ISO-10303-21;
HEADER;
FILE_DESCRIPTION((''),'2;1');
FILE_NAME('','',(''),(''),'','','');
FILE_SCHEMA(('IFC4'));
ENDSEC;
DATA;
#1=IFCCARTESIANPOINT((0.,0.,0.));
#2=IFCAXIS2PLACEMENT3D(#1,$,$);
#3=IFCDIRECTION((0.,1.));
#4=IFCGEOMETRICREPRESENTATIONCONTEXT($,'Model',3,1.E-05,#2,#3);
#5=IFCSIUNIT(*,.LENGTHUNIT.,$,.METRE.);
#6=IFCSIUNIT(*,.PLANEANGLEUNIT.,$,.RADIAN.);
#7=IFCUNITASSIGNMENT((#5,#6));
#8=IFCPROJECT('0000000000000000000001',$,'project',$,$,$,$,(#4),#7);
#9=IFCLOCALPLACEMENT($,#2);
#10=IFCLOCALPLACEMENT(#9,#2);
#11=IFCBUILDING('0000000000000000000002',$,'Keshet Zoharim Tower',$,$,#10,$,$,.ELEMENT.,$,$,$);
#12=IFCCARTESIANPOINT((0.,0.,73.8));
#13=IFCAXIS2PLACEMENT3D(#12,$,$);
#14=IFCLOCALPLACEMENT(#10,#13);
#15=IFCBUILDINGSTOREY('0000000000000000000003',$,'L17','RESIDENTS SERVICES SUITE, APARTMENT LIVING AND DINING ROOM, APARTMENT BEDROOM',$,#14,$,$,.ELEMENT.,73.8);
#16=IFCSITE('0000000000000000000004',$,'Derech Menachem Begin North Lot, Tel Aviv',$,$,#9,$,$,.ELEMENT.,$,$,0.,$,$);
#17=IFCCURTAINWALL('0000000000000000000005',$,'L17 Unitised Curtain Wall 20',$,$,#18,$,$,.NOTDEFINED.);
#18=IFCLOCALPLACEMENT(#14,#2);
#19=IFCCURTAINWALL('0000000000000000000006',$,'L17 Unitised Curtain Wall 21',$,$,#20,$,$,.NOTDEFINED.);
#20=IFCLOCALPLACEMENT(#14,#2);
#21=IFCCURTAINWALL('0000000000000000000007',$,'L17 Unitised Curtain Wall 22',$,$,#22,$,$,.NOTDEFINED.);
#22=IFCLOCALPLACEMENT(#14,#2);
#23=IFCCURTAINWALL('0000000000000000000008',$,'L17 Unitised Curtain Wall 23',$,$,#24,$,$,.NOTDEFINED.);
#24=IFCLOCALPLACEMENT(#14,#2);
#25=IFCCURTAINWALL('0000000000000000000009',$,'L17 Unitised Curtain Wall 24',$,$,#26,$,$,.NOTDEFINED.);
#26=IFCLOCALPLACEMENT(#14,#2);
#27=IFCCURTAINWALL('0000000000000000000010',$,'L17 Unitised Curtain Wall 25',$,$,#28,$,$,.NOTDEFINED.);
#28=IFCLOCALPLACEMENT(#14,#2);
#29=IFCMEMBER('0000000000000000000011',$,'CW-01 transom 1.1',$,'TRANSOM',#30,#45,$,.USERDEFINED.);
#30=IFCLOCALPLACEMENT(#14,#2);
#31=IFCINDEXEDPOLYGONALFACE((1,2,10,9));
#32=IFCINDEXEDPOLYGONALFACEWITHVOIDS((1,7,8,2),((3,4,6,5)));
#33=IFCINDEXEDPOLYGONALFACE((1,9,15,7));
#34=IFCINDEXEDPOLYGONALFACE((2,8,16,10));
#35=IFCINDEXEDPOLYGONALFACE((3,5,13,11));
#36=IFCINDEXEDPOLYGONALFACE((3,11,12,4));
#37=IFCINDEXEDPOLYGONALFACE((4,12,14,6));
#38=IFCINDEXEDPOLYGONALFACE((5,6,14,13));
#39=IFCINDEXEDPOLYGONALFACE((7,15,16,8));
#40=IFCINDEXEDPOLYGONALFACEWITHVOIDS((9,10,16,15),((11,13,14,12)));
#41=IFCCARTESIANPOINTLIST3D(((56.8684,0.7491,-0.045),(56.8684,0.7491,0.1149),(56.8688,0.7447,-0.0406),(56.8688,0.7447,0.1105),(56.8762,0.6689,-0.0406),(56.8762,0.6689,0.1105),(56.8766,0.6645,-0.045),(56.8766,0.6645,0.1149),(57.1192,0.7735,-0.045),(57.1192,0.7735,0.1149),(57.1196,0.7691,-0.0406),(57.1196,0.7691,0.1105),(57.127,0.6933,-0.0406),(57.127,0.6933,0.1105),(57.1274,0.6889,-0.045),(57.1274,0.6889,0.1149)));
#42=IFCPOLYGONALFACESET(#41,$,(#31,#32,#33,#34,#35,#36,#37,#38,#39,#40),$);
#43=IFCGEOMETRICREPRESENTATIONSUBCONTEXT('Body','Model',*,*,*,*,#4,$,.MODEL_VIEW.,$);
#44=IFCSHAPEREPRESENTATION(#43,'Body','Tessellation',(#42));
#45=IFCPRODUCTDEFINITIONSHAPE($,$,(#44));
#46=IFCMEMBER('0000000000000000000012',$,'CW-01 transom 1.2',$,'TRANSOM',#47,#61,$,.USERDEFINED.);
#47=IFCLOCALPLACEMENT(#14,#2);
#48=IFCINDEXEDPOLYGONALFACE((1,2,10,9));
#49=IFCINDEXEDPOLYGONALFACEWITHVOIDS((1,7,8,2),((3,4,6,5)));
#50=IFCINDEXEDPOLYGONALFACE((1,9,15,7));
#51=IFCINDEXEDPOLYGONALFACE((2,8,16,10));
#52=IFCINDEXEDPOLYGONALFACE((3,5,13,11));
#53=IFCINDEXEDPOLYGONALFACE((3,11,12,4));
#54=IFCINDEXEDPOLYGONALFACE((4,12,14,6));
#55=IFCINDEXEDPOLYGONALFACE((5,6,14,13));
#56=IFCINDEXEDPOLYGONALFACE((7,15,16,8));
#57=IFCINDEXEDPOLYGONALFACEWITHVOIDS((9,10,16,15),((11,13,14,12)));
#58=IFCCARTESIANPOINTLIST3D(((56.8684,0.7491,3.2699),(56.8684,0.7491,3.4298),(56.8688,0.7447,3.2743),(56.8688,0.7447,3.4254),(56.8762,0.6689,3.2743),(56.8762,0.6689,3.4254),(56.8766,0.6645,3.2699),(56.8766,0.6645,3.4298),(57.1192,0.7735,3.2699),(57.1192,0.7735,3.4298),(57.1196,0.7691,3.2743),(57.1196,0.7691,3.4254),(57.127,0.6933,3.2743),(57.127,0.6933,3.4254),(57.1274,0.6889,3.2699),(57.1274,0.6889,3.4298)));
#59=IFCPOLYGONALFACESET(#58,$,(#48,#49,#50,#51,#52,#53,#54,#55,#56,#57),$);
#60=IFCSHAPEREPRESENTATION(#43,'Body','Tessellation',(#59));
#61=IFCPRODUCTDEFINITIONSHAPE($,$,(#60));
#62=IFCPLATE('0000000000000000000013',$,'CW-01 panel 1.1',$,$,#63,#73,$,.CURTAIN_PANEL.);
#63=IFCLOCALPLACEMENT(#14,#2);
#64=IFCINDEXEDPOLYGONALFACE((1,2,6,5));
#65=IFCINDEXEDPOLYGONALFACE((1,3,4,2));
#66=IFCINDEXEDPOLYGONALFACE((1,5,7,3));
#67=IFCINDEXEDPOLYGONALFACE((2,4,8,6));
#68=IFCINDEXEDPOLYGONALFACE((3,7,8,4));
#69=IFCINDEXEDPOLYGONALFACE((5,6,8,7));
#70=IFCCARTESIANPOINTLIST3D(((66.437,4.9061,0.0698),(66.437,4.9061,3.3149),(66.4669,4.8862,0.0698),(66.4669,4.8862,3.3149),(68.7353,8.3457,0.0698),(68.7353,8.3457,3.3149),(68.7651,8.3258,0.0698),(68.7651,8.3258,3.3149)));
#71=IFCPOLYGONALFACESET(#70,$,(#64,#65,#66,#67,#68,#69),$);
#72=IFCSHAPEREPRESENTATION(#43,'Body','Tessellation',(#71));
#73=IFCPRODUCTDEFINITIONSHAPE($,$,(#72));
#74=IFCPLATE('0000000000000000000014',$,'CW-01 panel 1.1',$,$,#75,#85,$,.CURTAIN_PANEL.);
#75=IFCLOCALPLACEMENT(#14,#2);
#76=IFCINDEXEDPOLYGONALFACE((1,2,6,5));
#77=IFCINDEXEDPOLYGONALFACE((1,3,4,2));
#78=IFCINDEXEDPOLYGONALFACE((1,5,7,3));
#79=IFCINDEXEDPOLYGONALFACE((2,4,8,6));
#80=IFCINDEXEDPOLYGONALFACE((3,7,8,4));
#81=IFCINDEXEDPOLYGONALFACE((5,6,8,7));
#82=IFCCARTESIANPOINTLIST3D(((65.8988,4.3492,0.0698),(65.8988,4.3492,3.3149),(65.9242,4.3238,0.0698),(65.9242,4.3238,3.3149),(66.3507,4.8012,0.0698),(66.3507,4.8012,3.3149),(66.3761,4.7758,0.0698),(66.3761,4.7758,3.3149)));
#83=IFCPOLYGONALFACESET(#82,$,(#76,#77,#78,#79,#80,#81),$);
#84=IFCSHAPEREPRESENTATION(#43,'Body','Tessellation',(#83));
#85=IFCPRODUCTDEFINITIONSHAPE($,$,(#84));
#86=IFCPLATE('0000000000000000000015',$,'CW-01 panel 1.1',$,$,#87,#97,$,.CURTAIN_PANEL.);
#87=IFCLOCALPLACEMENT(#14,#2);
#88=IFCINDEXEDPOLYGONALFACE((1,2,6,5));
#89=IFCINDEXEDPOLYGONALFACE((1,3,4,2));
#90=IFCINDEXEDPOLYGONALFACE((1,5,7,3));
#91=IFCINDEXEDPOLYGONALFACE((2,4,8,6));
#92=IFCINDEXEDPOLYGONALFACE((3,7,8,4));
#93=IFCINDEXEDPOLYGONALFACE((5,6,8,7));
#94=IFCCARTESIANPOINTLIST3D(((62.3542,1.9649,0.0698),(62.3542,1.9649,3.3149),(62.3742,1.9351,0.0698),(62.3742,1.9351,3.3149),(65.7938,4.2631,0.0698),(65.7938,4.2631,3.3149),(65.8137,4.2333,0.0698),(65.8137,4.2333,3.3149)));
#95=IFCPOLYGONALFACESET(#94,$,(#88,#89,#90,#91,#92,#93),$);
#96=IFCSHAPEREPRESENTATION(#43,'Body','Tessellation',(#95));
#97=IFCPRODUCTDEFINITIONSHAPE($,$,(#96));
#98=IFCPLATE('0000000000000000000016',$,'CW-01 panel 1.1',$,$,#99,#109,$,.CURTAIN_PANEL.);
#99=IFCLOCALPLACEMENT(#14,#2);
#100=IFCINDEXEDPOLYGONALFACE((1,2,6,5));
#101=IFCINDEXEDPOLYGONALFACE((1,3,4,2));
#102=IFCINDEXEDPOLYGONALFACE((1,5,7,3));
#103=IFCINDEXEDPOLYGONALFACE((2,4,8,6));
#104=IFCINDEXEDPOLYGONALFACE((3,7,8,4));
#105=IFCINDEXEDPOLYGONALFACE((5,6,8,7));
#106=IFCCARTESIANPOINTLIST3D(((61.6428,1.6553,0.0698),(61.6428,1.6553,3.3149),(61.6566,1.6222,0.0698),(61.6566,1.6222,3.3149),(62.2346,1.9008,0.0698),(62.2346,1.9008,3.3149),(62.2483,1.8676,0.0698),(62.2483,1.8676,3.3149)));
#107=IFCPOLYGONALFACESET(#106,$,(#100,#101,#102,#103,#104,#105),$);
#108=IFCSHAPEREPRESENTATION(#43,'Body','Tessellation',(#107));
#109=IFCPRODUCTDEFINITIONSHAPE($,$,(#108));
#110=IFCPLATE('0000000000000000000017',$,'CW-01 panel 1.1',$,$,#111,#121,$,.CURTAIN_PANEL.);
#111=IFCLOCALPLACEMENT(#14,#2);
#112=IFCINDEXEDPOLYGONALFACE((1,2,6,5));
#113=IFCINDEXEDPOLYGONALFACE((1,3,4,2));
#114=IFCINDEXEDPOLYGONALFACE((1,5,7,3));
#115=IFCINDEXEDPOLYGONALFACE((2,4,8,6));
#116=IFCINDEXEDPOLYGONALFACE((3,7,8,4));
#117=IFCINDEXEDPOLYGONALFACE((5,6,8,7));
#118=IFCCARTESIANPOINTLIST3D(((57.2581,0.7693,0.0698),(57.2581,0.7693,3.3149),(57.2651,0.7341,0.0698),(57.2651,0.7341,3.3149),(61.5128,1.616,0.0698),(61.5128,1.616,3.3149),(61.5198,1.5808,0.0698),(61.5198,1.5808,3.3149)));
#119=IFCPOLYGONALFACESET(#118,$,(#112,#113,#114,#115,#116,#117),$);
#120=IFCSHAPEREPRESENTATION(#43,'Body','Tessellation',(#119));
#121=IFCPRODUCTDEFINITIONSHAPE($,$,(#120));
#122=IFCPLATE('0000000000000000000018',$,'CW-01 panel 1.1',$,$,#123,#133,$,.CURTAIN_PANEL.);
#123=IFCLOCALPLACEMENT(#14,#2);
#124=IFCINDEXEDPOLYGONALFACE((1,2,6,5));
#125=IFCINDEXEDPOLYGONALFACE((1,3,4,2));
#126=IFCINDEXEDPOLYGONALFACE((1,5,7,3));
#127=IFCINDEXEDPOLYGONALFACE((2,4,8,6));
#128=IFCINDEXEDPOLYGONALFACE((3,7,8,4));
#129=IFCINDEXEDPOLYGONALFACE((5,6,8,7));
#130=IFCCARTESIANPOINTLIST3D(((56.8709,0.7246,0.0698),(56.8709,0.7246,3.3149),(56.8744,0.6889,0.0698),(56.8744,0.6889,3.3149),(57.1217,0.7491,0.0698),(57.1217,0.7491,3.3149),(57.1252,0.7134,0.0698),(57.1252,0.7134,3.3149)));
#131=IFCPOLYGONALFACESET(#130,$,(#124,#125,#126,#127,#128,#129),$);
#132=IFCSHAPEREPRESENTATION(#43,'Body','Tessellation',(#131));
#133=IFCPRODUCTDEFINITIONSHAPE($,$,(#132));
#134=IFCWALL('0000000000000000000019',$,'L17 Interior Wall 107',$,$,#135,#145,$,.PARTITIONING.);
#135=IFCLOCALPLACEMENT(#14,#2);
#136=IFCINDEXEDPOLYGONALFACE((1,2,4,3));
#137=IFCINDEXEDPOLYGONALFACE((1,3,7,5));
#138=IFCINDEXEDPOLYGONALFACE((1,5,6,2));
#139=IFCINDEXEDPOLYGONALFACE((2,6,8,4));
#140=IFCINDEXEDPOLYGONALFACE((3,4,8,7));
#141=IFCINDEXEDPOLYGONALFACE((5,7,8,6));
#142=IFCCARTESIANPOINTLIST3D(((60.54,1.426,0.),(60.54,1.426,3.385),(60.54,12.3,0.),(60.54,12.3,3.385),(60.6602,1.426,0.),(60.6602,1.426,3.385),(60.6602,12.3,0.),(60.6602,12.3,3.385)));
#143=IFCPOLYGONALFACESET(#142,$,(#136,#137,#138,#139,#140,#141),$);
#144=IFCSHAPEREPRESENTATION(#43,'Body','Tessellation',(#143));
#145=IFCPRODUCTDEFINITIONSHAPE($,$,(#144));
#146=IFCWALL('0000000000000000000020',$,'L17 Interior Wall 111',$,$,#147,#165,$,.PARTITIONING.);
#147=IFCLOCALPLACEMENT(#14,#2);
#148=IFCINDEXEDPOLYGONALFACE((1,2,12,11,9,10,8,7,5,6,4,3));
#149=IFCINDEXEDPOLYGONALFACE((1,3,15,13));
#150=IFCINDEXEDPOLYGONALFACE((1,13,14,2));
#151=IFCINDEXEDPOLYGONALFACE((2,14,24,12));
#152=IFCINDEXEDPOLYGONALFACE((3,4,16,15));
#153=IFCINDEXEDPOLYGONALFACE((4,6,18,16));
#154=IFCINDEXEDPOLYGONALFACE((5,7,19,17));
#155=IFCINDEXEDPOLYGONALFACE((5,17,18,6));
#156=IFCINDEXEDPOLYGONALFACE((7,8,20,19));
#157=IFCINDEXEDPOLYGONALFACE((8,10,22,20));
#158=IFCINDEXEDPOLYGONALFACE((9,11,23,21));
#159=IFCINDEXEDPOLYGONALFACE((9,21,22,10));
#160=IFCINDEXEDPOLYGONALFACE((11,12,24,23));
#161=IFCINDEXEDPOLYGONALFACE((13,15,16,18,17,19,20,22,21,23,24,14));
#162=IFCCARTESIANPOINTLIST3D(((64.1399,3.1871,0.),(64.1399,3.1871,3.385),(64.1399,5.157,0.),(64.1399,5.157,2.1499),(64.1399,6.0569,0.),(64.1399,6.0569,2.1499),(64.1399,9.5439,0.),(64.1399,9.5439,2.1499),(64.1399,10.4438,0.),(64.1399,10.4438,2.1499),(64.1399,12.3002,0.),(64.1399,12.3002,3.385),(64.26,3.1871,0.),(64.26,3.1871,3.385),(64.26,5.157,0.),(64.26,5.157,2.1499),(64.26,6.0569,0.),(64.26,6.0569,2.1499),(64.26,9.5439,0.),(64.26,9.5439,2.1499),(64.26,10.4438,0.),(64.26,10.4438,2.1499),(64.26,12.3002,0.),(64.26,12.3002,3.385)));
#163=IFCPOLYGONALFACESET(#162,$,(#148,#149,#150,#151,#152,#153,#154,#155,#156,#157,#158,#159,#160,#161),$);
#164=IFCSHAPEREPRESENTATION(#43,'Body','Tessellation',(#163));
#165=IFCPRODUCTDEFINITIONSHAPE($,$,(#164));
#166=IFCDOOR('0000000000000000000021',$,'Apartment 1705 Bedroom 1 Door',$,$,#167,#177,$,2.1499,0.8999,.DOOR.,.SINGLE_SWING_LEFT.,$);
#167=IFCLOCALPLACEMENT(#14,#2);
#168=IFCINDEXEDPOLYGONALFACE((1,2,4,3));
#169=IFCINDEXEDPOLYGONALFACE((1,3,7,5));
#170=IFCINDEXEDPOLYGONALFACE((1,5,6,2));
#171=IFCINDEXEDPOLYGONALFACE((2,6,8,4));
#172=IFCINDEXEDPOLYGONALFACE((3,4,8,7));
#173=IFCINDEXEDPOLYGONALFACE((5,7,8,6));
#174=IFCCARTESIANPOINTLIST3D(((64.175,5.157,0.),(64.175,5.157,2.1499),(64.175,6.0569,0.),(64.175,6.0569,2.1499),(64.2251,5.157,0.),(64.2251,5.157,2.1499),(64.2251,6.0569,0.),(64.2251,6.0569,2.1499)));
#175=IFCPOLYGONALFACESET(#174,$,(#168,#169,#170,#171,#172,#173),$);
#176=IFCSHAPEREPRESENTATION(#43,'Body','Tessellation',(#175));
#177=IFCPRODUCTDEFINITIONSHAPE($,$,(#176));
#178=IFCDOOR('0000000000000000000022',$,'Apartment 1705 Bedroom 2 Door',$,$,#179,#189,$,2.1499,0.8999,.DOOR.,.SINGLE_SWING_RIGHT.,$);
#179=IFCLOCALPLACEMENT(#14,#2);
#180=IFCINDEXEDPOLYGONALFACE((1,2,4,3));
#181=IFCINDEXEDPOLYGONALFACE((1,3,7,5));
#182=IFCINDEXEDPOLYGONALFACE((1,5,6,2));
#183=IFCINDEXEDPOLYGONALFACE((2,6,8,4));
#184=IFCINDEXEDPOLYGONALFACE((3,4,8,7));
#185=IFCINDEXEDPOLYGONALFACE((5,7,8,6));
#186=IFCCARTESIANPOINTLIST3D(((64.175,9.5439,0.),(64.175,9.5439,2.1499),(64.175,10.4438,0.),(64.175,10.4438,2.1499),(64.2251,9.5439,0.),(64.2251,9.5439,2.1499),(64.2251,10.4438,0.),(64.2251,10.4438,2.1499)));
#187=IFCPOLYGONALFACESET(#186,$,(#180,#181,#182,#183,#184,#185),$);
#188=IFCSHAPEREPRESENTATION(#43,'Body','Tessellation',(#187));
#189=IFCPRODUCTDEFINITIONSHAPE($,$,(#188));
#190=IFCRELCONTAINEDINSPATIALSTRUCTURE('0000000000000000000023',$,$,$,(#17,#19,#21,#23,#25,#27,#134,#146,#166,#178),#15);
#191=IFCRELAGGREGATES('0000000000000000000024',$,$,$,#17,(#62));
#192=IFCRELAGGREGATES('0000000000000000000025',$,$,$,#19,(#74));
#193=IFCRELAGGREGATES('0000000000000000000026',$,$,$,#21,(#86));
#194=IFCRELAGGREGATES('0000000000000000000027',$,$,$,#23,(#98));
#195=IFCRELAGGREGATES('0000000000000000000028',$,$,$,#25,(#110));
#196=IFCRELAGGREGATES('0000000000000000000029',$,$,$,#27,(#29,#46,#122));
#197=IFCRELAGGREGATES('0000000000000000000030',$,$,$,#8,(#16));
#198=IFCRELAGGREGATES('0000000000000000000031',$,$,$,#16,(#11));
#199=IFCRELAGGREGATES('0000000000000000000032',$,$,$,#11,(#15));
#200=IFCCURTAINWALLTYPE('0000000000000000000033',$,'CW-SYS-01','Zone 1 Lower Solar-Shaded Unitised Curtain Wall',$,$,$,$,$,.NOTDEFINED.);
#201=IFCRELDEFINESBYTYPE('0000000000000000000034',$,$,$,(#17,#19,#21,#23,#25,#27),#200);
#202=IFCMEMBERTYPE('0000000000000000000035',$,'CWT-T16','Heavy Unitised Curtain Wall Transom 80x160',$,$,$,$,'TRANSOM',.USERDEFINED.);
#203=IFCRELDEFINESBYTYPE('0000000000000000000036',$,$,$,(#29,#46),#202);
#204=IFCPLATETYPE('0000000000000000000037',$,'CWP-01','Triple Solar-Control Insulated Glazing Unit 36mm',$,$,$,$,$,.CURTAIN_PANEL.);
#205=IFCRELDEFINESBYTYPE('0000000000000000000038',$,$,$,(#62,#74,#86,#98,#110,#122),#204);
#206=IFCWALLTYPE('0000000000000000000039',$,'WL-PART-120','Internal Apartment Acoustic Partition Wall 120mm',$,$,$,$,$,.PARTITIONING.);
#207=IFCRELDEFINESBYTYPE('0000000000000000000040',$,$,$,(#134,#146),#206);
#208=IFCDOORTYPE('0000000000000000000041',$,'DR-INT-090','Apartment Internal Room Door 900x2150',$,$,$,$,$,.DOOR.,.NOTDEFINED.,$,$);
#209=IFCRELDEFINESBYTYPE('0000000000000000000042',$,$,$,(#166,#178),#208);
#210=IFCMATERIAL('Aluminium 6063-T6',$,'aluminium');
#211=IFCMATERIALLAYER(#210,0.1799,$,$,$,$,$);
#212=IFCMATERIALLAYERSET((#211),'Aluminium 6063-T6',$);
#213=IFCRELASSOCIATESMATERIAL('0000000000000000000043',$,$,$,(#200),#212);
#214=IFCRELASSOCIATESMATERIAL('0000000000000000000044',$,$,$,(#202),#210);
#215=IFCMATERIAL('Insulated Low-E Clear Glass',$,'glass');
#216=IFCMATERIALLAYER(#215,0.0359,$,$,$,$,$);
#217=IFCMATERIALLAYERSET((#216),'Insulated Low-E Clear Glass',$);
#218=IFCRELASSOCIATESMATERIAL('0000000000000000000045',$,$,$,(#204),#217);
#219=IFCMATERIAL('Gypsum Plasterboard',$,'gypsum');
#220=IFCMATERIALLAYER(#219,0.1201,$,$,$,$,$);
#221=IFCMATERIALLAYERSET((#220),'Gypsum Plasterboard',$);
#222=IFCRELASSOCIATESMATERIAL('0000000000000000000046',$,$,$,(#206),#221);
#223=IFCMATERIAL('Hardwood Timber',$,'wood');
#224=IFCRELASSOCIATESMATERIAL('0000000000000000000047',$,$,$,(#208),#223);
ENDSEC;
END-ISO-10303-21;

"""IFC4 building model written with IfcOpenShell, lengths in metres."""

from ifc_helpers import new_model, si_unit, direction, frame, frame_2d, origin, origin_2d, place, context, subcontext, project, spatial, rectangle, hollow_rectangle, extrude, material, layer, layer_set, material_profile, profile_set, type_object, element, fill, aggregate, save


model = new_model("IFC4")

# Units and contexts
model_context = context("Model", 3, precision=1e-05, world=origin(), true_north=direction((0.0, 1.0)))
body_context = subcontext(model_context, "Body", "Model", "MODEL_VIEW")
ifc_project = project(units=[si_unit("LENGTHUNIT", "METRE"), si_unit("PLANEANGLEUNIT", "RADIAN")], contexts=[model_context])

# Site, building, storey
site_placement = place(None, origin())
site = spatial("IfcSite", under=ifc_project, at=site_placement, Name="Derech Menachem Begin North Lot, Tel Aviv", CompositionType="ELEMENT", RefElevation=0.0)
building_placement = place(site_placement, origin())
building = spatial("IfcBuilding", under=site, at=building_placement, Name="Keshet Zoharim Tower", CompositionType="ELEMENT")
storey_placement = place(building_placement, frame((0.0, 0.0, 73.8)))
storey = spatial("IfcBuildingStorey", under=building, at=storey_placement, Name="L17", Description="RESIDENTS SERVICES SUITE, APARTMENT LIVING AND DINING ROOM, APARTMENT BEDROOM", CompositionType="ELEMENT", Elevation=73.8)

# Curtain wall
ifc_material_1 = material(Name="Aluminium 6063-T6", Category="aluminium")
ifc_layer_1 = layer(ifc_material_1, 0.1799)
ifc_layer_set_1 = layer_set([ifc_layer_1], Name="Aluminium 6063-T6")
curtain_wall_type = type_object("IfcCurtainWallType", Name="CW-SYS-01", Description="Zone 1 Lower Solar-Shaded Unitised Curtain Wall", PredefinedType="NOTDEFINED", material=ifc_layer_set_1)
curtain_wall_1_placement = place(storey_placement, origin())
curtain_wall_1 = element("IfcCurtainWall", 1, at=curtain_wall_1_placement, inside=storey, type_object=curtain_wall_type, Name="L17 Unitised Curtain Wall 20", PredefinedType="NOTDEFINED")

# Curtain walls
curtain_wall_2_placement = place(storey_placement, origin())
curtain_wall_2 = element("IfcCurtainWall", 2, at=curtain_wall_2_placement, inside=storey, type_object=curtain_wall_type, Name="L17 Unitised Curtain Wall 21", PredefinedType="NOTDEFINED")
curtain_wall_3_placement = place(storey_placement, origin())
curtain_wall_3 = element("IfcCurtainWall", 3, at=curtain_wall_3_placement, inside=storey, type_object=curtain_wall_type, Name="L17 Unitised Curtain Wall 22", PredefinedType="NOTDEFINED")
curtain_wall_4_placement = place(storey_placement, origin())
curtain_wall_4 = element("IfcCurtainWall", 4, at=curtain_wall_4_placement, inside=storey, type_object=curtain_wall_type, Name="L17 Unitised Curtain Wall 23", PredefinedType="NOTDEFINED")
curtain_wall_5_placement = place(storey_placement, origin())
curtain_wall_5 = element("IfcCurtainWall", 5, at=curtain_wall_5_placement, inside=storey, type_object=curtain_wall_type, Name="L17 Unitised Curtain Wall 24", PredefinedType="NOTDEFINED")
curtain_wall_6_placement = place(storey_placement, origin())
curtain_wall_6 = element("IfcCurtainWall", 6, at=curtain_wall_6_placement, inside=storey, type_object=curtain_wall_type, Name="L17 Unitised Curtain Wall 25", PredefinedType="NOTDEFINED")

# Members
ifc_material_profile_1 = material_profile(ifc_material_1, hollow_rectangle(XDim=0.085, YDim=0.1599, WallThickness=0.0044, at=origin_2d()), Name="TRN-85x160")
ifc_profile_set_1 = profile_set([ifc_material_profile_1], Name="Aluminium 6063-T6")
member_type_1 = type_object("IfcMemberType", Name="CWT-T16", Description="Heavy Unitised Curtain Wall Transom 80x160", ElementType="TRANSOM", PredefinedType="USERDEFINED", material=ifc_profile_set_1)
member_1_placement = place(storey_placement, frame((57.1233, 0.7312, 0.0349), z_axis=(-0.995293, -0.096913, 0.0), x_axis=(0.096913, -0.995293, 0.0)))
member_1 = element("IfcMember", 7, at=member_1_placement, type_object=member_type_1, Name="CW-01 transom 1.1", ObjectType="TRANSOM", PredefinedType="USERDEFINED", context=body_context, shape_type="SweptSolid", body=[
    extrude(hollow_rectangle(XDim=0.085, YDim=0.1599, WallThickness=0.0044, at=origin_2d()), origin(), (0.0, 0.0, 1.0), 0.252),
])
member_2_placement = place(storey_placement, frame((57.1233, 0.7312, 3.3499), z_axis=(-0.995293, -0.096913, 0.0), x_axis=(0.096913, -0.995293, 0.0)))
member_2 = element("IfcMember", 8, at=member_2_placement, type_object=member_type_1, Name="CW-01 transom 1.2", ObjectType="TRANSOM", PredefinedType="USERDEFINED", context=body_context, shape_type="SweptSolid", body=[
    extrude(hollow_rectangle(XDim=0.085, YDim=0.1599, WallThickness=0.0044, at=origin_2d()), origin(), (0.0, 0.0, 1.0), 0.252),
])

# Plates
ifc_material_2 = material(Name="Insulated Low-E Clear Glass", Category="glass")
ifc_layer_2 = layer(ifc_material_2, 0.0359)
ifc_layer_set_2 = layer_set([ifc_layer_2], Name="Insulated Low-E Clear Glass")
plate_type = type_object("IfcPlateType", Name="CWP-01", Description="Triple Solar-Control Insulated Glazing Unit 36mm", PredefinedType="CURTAIN_PANEL", material=ifc_layer_set_2)
plate_1_placement = place(storey_placement, frame((67.6011, 6.616, 0.0698), z_axis=(0.0, 0.0, 1.0), x_axis=(-0.555563, -0.831474, 0.0)))
plate_1 = element("IfcPlate", 9, at=plate_1_placement, type_object=plate_type, Name="CW-01 panel 1.1", PredefinedType="CURTAIN_PANEL", context=body_context, shape_type="SweptSolid", body=[
    extrude(rectangle(XDim=4.1367, YDim=0.0359, at=origin_2d()), origin(), (0.0, 0.0, 1.0), 3.2451),
])
aggregate(curtain_wall_1, [plate_1])
plate_2_placement = place(storey_placement, frame((66.1375, 4.5625, 0.0698), z_axis=(0.0, 0.0, 1.0), x_axis=(-0.707107, -0.707107, 0.0)))
plate_2 = element("IfcPlate", 10, at=plate_2_placement, type_object=plate_type, Name="CW-01 panel 1.1", PredefinedType="CURTAIN_PANEL", context=body_context, shape_type="SweptSolid", body=[
    extrude(rectangle(XDim=0.6392, YDim=0.0359, at=origin_2d()), origin(), (0.0, 0.0, 1.0), 3.2451),
])
aggregate(curtain_wall_2, [plate_2])
plate_3_placement = place(storey_placement, frame((64.084, 3.0991, 0.0698), z_axis=(0.0, 0.0, 1.0), x_axis=(-0.831474, -0.555563, 0.0)))
plate_3 = element("IfcPlate", 11, at=plate_3_placement, type_object=plate_type, Name="CW-01 panel 1.1", PredefinedType="CURTAIN_PANEL", context=body_context, shape_type="SweptSolid", body=[
    extrude(rectangle(XDim=4.1367, YDim=0.0359, at=origin_2d()), origin(), (0.0, 0.0, 1.0), 3.2451),
])
aggregate(curtain_wall_3, [plate_3])
plate_4_placement = place(storey_placement, frame((61.9456, 1.7615, 0.0698), z_axis=(0.0, 0.0, 1.0), x_axis=(-0.92372, -0.383068, 0.0)))
plate_4 = element("IfcPlate", 12, at=plate_4_placement, type_object=plate_type, Name="CW-01 panel 1.1", PredefinedType="CURTAIN_PANEL", context=body_context, shape_type="SweptSolid", body=[
    extrude(rectangle(XDim=0.6406, YDim=0.0359, at=origin_2d()), origin(), (0.0, 0.0, 1.0), 3.2451),
])
aggregate(curtain_wall_4, [plate_4])
plate_5_placement = place(storey_placement, frame((59.3889, 1.175, 0.0698), z_axis=(0.0, 0.0, 1.0), x_axis=(-0.980769, -0.195171, 0.0)))
plate_5 = element("IfcPlate", 13, at=plate_5_placement, type_object=plate_type, Name="CW-01 panel 1.1", PredefinedType="CURTAIN_PANEL", context=body_context, shape_type="SweptSolid", body=[
    extrude(rectangle(XDim=4.3381, YDim=0.0359, at=origin_2d()), origin(), (0.0, 0.0, 1.0), 3.2451),
])
aggregate(curtain_wall_5, [plate_5])
plate_6_placement = place(storey_placement, frame((56.998, 0.719, 0.0698), z_axis=(0.0, 0.0, 1.0), x_axis=(-0.995287, -0.096977, 0.0)))
plate_6 = element("IfcPlate", 14, at=plate_6_placement, type_object=plate_type, Name="CW-01 panel 1.1", PredefinedType="CURTAIN_PANEL", context=body_context, shape_type="SweptSolid", body=[
    extrude(rectangle(XDim=0.252, YDim=0.0359, at=origin_2d()), origin(), (0.0, 0.0, 1.0), 3.2451),
])
aggregate(curtain_wall_6, [member_1, member_2, plate_6])

# Wall
ifc_material_3 = material(Name="Gypsum Plasterboard", Category="gypsum")
ifc_layer_3 = layer(ifc_material_3, 0.1201)
ifc_layer_set_3 = layer_set([ifc_layer_3], Name="Gypsum Plasterboard")
wall_type = type_object("IfcWallType", Name="WL-PART-120", Description="Internal Apartment Acoustic Partition Wall 120mm", PredefinedType="PARTITIONING", material=ifc_layer_set_3)
wall_1_placement = place(storey_placement, frame((60.6001, 1.426, 0.0), z_axis=(0.0, 0.0, 1.0), x_axis=(0.0, 1.0, 0.0)))
element("IfcWall", 15, at=wall_1_placement, inside=storey, type_object=wall_type, Name="L17 Interior Wall 107", PredefinedType="PARTITIONING", context=body_context, shape_type="SweptSolid", body=[
    extrude(rectangle(XDim=10.874, YDim=0.1201, at=frame_2d((5.437, 0.0))), origin(), (0.0, 0.0, 1.0), 3.385),
])

# Wall, openings, doors
wall_2_placement = place(storey_placement, frame((64.2, 3.187, 0.0), z_axis=(0.0, 0.0, 1.0), x_axis=(0.0, 1.0, 0.0)))
wall_2 = element("IfcWall", 16, at=wall_2_placement, inside=storey, type_object=wall_type, Name="L17 Interior Wall 111", PredefinedType="PARTITIONING", context=body_context, shape_type="SweptSolid", body=[
    extrude(rectangle(XDim=9.113, YDim=0.1201, at=frame_2d((4.5566, 0.0))), origin(), (0.0, 0.0, 1.0), 3.385),
])
opening_1_placement = place(wall_2_placement, frame((1.97, 0.0, 0.0)))
opening_1 = element("IfcOpeningElement", 17, at=opening_1_placement, cuts=wall_2, PredefinedType="OPENING", context=body_context, shape_type="SweptSolid", body=[
    extrude(rectangle(XDim=0.8999, YDim=2.1499, at=frame_2d((0.45, 1.075))), frame((0.0, 0.0701, 0.0), z_axis=(0.0, -1.0, 0.0), x_axis=(1.0, 0.0, 0.0)), (0.0, 0.0, 1.0), 0.1401),
])
opening_2_placement = place(wall_2_placement, frame((6.3569, 0.0, 0.0)))
opening_2 = element("IfcOpeningElement", 18, at=opening_2_placement, cuts=wall_2, PredefinedType="OPENING", context=body_context, shape_type="SweptSolid", body=[
    extrude(rectangle(XDim=0.8999, YDim=2.1499, at=frame_2d((0.45, 1.075))), frame((0.0, 0.0701, 0.0), z_axis=(0.0, -1.0, 0.0), x_axis=(1.0, 0.0, 0.0)), (0.0, 0.0, 1.0), 0.1401),
])
ifc_material_4 = material(Name="Hardwood Timber", Category="wood")
door_type = type_object("IfcDoorType", Name="DR-INT-090", Description="Apartment Internal Room Door 900x2150", OperationType="NOTDEFINED", PredefinedType="DOOR", material=ifc_material_4)
door_1_placement = place(opening_1_placement, origin())
door_1 = element("IfcDoor", 19, at=door_1_placement, inside=storey, type_object=door_type, Name="Apartment 1705 Bedroom 1 Door", OperationType="SINGLE_SWING_LEFT", OverallHeight=2.1499, OverallWidth=0.8999, PredefinedType="DOOR", context=body_context, shape_type="SweptSolid", body=[
    extrude(rectangle(XDim=0.8999, YDim=2.1499, at=frame_2d((0.45, 1.075))), frame((0.0, 0.0249, 0.0), z_axis=(0.0, -1.0, 0.0), x_axis=(1.0, 0.0, 0.0)), (0.0, 0.0, 1.0), 0.05),
])
fill(opening_1, door_1)
door_2_placement = place(opening_2_placement, origin())
door_2 = element("IfcDoor", 20, at=door_2_placement, inside=storey, type_object=door_type, Name="Apartment 1705 Bedroom 2 Door", OperationType="SINGLE_SWING_RIGHT", OverallHeight=2.1499, OverallWidth=0.8999, PredefinedType="DOOR", context=body_context, shape_type="SweptSolid", body=[
    extrude(rectangle(XDim=0.8999, YDim=2.1499, at=frame_2d((0.45, 1.075))), frame((0.0, 0.0249, 0.0), z_axis=(0.0, -1.0, 0.0), x_axis=(1.0, 0.0, 0.0)), (0.0, 0.0, 1.0), 0.05),
])
fill(opening_2, door_2)

save(model, "model.ifc")
